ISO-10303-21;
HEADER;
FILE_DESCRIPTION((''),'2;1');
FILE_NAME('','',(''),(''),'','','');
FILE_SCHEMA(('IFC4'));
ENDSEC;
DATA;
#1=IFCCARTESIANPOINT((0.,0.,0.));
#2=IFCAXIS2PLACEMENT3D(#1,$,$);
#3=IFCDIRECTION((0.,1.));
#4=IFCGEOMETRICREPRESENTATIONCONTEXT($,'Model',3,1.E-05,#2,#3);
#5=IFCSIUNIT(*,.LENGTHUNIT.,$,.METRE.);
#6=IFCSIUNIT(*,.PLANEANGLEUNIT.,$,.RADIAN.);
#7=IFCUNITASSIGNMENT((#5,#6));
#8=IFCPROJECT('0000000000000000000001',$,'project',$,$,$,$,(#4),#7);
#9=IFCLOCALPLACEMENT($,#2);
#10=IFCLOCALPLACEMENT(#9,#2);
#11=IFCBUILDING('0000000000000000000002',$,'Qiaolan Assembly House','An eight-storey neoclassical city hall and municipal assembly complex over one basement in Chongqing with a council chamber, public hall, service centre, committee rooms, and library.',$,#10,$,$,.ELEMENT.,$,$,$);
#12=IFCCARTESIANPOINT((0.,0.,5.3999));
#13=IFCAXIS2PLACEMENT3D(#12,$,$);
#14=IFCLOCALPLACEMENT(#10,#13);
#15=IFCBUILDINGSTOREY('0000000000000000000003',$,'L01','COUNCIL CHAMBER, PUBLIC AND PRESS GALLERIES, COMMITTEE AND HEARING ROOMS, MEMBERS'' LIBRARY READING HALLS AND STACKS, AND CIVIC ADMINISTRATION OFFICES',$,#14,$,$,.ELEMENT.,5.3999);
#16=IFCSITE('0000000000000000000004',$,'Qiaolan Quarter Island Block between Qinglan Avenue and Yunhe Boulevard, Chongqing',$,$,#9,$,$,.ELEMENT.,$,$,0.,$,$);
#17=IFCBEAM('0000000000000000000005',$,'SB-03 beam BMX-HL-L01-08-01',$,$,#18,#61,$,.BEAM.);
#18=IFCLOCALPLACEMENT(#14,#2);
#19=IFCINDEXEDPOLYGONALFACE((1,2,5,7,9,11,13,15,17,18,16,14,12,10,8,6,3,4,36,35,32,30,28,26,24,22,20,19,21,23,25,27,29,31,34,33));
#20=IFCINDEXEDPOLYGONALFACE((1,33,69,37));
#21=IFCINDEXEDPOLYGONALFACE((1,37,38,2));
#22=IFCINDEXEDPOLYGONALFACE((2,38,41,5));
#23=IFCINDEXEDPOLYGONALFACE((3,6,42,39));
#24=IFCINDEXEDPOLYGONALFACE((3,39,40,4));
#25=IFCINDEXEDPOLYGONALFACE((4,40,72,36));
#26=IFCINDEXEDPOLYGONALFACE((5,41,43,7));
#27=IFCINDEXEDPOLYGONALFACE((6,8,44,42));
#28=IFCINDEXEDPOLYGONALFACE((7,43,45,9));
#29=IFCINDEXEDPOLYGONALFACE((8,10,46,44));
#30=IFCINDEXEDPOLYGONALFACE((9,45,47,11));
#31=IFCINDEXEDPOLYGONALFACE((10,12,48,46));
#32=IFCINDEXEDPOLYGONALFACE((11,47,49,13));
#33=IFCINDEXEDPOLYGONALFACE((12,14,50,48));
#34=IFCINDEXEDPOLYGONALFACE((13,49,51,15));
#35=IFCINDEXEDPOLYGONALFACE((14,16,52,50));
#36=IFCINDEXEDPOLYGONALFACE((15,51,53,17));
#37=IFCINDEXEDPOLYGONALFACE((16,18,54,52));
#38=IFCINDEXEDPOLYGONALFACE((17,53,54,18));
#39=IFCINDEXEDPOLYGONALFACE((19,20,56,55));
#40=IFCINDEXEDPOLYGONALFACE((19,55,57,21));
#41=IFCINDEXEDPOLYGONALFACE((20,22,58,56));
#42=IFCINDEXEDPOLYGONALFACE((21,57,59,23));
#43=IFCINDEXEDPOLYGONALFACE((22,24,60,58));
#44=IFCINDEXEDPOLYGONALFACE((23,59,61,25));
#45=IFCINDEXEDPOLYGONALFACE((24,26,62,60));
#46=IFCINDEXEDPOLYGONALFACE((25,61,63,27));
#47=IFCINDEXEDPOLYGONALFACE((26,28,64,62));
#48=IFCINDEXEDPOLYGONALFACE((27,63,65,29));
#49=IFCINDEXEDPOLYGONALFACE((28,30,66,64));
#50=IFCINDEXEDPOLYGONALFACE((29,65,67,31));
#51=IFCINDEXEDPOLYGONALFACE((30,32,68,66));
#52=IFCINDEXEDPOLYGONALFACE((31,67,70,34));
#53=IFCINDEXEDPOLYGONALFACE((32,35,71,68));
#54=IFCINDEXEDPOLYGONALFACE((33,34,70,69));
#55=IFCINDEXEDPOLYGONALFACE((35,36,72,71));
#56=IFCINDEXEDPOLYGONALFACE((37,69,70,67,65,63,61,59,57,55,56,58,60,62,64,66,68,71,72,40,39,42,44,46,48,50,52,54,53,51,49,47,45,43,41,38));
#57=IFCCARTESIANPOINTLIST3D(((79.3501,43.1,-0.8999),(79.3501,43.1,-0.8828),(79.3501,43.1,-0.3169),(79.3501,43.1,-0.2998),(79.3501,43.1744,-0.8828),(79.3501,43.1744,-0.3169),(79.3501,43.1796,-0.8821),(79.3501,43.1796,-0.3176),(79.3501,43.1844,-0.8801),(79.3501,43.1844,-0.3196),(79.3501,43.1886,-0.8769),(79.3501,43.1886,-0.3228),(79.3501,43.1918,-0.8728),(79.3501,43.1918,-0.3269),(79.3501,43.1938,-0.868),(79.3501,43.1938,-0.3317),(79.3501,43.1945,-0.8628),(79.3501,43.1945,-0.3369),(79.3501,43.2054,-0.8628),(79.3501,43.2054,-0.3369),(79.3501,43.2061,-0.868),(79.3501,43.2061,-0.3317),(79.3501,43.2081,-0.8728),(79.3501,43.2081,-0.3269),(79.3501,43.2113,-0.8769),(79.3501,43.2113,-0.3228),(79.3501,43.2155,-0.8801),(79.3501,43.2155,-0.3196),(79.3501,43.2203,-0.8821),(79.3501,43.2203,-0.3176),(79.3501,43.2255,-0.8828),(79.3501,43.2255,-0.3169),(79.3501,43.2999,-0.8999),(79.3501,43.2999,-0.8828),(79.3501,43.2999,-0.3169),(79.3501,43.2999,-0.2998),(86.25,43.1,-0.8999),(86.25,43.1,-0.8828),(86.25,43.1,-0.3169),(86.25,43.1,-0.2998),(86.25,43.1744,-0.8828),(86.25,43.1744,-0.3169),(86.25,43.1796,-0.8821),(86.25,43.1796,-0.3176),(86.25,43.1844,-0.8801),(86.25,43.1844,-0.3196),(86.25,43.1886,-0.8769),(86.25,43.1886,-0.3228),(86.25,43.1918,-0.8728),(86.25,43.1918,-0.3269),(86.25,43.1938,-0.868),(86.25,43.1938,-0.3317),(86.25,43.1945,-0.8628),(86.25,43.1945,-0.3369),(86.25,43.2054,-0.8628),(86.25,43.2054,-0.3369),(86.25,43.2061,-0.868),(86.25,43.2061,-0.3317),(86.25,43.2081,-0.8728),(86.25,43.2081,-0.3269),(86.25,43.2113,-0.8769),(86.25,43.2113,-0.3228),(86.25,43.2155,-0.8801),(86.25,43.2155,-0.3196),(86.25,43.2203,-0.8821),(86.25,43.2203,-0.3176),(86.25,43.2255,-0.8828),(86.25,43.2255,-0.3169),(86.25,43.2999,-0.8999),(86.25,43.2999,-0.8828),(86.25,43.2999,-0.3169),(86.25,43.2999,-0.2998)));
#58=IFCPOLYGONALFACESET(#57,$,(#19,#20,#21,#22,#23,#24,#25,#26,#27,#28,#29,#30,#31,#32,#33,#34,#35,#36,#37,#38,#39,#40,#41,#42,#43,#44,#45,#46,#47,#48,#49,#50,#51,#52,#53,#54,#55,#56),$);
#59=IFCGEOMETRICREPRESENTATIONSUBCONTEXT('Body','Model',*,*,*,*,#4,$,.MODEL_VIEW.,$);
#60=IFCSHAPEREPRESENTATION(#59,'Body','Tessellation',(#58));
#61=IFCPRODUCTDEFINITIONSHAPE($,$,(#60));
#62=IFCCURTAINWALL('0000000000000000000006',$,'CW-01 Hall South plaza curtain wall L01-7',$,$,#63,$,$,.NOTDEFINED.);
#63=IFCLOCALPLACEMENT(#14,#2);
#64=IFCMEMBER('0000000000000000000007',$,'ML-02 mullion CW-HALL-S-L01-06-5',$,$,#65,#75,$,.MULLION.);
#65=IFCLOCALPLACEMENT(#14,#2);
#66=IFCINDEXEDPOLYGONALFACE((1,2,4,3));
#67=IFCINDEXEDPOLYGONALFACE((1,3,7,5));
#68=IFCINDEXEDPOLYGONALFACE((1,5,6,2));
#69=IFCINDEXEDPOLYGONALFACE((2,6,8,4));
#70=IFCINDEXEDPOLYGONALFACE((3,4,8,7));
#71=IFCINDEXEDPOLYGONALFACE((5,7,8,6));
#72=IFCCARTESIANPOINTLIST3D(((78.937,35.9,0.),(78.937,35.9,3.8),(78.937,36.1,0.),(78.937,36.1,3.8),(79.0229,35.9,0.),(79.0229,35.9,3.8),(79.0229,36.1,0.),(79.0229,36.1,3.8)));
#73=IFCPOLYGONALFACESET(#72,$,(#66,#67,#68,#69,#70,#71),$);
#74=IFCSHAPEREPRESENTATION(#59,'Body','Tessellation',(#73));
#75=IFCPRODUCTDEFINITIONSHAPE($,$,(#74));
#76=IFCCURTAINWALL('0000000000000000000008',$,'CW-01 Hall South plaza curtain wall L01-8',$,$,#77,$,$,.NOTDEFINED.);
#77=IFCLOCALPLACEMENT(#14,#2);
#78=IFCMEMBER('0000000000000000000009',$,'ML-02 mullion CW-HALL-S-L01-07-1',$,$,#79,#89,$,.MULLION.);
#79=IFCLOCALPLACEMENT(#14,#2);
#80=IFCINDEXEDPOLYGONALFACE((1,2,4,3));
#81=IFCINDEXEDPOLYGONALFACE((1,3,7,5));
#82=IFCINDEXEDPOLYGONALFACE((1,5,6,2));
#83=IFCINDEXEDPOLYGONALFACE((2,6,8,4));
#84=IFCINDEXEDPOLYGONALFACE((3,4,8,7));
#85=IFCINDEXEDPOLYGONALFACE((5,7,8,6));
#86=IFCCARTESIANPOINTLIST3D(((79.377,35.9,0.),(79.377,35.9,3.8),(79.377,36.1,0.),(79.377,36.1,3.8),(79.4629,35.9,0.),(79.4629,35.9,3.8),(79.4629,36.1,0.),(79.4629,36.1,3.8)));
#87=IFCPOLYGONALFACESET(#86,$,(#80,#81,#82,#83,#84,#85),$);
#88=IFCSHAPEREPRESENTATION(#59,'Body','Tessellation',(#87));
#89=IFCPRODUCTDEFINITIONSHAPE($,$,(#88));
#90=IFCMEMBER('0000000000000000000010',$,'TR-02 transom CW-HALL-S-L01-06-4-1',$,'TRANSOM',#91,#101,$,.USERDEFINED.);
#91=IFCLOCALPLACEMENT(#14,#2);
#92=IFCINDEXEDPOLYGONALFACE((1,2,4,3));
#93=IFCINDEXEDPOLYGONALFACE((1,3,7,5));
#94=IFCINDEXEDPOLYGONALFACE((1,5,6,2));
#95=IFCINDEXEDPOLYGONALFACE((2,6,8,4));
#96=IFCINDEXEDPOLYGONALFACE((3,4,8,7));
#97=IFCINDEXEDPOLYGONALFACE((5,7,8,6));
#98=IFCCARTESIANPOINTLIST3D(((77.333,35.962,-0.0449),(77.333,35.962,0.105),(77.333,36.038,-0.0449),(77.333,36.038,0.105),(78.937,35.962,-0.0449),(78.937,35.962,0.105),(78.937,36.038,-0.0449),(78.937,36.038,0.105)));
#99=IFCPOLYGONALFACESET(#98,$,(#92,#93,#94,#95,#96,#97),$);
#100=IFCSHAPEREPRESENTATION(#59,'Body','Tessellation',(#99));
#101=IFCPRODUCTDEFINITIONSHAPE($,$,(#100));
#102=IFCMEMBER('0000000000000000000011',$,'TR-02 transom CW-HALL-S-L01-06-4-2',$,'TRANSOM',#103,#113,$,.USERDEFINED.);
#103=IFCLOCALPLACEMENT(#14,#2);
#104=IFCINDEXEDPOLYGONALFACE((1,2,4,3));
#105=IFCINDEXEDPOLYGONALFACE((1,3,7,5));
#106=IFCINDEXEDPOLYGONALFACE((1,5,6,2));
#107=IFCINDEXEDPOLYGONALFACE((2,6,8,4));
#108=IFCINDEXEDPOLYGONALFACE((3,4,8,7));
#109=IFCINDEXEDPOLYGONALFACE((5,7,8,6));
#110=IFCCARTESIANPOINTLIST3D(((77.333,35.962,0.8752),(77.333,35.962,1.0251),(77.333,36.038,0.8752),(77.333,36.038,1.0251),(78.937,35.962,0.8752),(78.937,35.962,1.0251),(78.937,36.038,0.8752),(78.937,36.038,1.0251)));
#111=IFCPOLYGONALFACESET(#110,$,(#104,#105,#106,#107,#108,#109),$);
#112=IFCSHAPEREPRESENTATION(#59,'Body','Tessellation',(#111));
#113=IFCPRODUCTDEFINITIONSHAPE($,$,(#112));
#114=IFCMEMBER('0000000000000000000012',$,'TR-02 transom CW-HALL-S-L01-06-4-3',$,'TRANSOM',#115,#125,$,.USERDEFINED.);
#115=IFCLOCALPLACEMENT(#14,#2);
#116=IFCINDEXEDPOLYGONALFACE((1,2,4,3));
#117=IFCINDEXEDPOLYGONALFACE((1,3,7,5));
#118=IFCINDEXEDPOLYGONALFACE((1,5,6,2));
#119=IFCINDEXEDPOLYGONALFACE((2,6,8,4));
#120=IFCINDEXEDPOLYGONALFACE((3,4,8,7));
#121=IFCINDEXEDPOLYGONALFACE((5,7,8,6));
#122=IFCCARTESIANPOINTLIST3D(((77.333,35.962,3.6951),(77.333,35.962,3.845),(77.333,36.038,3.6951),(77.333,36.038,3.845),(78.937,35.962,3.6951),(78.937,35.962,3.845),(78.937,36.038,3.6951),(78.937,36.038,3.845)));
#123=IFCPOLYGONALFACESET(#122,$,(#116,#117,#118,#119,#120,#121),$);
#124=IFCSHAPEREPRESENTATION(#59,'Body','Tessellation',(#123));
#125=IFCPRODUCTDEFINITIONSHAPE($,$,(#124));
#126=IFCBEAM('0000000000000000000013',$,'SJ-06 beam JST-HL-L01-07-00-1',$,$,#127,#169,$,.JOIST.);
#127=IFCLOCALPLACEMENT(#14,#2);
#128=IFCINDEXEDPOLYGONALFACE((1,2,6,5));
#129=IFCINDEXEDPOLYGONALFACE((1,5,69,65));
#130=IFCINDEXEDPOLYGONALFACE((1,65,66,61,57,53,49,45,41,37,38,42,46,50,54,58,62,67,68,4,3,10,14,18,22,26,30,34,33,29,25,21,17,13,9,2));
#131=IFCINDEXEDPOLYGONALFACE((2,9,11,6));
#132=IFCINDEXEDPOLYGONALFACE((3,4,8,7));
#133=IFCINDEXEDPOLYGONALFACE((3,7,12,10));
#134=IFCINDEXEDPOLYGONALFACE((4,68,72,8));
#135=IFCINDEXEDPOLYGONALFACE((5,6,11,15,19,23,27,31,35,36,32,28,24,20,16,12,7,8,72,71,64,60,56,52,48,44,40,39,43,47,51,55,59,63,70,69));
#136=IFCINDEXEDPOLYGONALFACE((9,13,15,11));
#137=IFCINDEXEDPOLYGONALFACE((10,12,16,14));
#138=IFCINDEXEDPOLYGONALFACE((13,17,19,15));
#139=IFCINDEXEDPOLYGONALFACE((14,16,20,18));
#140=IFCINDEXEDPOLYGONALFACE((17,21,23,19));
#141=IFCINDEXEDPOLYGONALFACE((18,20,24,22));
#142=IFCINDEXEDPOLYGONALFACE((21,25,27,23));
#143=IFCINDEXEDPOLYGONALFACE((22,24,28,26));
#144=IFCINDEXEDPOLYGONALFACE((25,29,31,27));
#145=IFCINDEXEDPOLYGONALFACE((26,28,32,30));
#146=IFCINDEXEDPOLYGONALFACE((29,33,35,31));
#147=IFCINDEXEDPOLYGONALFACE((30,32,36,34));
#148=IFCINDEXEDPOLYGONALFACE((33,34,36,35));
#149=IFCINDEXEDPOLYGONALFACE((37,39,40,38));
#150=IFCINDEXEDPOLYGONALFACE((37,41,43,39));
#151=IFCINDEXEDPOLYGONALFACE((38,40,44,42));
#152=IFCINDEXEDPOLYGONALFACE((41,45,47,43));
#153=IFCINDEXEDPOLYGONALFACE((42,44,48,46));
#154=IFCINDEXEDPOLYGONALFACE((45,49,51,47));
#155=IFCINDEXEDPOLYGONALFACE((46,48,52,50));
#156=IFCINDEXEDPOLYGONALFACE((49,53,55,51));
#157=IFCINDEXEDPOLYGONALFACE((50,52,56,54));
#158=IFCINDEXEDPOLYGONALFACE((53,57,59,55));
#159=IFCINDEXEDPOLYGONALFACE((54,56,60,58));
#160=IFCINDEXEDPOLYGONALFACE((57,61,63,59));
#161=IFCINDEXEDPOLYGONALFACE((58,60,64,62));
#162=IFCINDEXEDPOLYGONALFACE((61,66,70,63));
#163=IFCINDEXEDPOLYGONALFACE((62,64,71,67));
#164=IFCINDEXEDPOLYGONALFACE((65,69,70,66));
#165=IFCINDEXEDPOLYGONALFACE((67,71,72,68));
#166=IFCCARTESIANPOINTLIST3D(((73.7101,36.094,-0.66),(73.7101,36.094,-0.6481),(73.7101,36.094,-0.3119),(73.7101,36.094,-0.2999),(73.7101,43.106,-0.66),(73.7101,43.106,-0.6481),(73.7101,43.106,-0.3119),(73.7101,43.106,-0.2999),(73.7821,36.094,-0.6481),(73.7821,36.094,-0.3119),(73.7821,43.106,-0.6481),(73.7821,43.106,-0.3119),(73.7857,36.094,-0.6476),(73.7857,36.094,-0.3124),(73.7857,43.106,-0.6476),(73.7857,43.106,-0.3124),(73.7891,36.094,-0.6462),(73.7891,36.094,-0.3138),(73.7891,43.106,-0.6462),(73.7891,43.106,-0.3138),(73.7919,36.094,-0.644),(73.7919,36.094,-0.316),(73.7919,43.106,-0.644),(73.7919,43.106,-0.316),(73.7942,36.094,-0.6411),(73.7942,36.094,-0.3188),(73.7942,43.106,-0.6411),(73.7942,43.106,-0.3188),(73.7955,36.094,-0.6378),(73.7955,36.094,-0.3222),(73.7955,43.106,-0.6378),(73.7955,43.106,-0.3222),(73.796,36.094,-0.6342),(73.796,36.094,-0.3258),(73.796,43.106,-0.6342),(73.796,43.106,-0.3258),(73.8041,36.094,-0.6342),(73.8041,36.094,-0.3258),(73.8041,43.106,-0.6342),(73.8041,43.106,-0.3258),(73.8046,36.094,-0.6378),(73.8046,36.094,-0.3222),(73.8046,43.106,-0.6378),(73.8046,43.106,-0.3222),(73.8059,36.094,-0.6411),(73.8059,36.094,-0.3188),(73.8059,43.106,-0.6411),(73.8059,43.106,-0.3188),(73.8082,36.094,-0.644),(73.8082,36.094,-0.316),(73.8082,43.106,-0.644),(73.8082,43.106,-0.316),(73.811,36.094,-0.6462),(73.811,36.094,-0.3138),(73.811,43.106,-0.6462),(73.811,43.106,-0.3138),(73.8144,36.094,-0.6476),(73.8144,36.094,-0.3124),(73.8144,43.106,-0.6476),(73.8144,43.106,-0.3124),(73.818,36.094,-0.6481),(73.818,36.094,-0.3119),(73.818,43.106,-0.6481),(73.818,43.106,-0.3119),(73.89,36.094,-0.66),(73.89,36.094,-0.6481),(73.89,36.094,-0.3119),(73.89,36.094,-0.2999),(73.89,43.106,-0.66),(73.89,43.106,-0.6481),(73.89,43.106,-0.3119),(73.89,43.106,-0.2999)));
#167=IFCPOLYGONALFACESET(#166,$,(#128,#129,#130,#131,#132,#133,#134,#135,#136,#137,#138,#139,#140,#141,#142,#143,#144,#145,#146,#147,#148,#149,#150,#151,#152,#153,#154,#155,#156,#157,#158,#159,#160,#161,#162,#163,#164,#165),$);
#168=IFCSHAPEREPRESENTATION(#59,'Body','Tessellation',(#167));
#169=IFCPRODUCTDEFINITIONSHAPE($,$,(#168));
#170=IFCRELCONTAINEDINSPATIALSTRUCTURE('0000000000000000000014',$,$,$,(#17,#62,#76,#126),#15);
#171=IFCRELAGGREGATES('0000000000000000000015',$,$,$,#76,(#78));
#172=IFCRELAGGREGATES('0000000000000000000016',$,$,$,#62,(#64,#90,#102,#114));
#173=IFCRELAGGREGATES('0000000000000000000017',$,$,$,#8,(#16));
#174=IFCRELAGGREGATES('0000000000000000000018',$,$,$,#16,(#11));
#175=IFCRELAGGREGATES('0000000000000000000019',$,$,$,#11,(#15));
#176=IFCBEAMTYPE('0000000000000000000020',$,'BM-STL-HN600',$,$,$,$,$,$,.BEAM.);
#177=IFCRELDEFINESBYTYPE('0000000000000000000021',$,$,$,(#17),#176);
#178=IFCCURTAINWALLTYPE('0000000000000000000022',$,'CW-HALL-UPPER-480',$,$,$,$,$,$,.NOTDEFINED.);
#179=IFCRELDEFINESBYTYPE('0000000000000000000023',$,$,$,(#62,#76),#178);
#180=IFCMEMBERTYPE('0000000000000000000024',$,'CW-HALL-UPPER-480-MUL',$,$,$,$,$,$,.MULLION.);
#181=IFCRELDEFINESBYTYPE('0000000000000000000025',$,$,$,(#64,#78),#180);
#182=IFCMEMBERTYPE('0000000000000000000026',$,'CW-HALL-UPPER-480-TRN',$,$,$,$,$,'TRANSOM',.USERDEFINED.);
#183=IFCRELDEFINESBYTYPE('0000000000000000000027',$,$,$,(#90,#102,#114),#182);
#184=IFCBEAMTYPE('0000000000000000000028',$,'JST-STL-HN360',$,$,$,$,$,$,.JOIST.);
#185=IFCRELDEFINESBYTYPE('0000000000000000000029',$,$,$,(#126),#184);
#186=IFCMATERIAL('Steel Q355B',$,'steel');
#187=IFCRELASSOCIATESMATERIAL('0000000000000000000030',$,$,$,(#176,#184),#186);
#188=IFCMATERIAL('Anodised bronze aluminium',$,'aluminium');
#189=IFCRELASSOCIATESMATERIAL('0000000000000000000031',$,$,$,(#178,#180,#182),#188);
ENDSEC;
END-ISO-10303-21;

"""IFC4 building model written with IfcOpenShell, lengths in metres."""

from ifc_helpers import new_model, si_unit, direction, frame, origin, origin_2d, place, context, subcontext, project, spatial, rectangle, i_section, extrude, material, material_profile, profile_set, type_object, element, aggregate, save


model = new_model("IFC4")

# Units and contexts
model_context = context("Model", 3, precision=1e-05, world=origin(), true_north=direction((0.0, 1.0)))
body_context = subcontext(model_context, "Body", "Model", "MODEL_VIEW")
ifc_project = project(units=[si_unit("LENGTHUNIT", "METRE"), si_unit("PLANEANGLEUNIT", "RADIAN")], contexts=[model_context])

# Site, building, storey
site_placement = place(None, origin())
site = spatial("IfcSite", under=ifc_project, at=site_placement, Name="Qiaolan Quarter Island Block between Qinglan Avenue and Yunhe Boulevard, Chongqing", CompositionType="ELEMENT", RefElevation=0.0)
building_placement = place(site_placement, origin())
building = spatial("IfcBuilding", under=site, at=building_placement, Name="Qiaolan Assembly House", Description="An eight-storey neoclassical city hall and municipal assembly complex over one basement in Chongqing with a council chamber, public hall, service centre, committee rooms, and library.", CompositionType="ELEMENT")
storey_placement = place(building_placement, frame((0.0, 0.0, 5.3999)))
storey = spatial("IfcBuildingStorey", under=building, at=storey_placement, Name="L01", Description="COUNCIL CHAMBER, PUBLIC AND PRESS GALLERIES, COMMITTEE AND HEARING ROOMS, MEMBERS' LIBRARY READING HALLS AND STACKS, AND CIVIC ADMINISTRATION OFFICES", CompositionType="ELEMENT", Elevation=5.3999)

# Shared definitions
ifc_material_1 = material(Name="Steel Q355B", Category="steel")

# Beam
ifc_material_profile_1 = material_profile(ifc_material_1, i_section(OverallWidth=0.2, OverallDepth=0.6001, WebThickness=0.011, FlangeThickness=0.0171, FilletRadius=0.02, at=origin_2d()), Name="HN 600x200x11x17")
ifc_profile_set_1 = profile_set([ifc_material_profile_1], Name="Steel Q355B")
beam_type_1 = type_object("IfcBeamType", Name="BM-STL-HN600", PredefinedType="BEAM", material=ifc_profile_set_1)
beam_1_placement = place(storey_placement, frame((79.3501, 43.2, -0.5999), z_axis=(1.0, 0.0, 0.0), x_axis=(0.0, 1.0, 0.0)))
element("IfcBeam", 1, at=beam_1_placement, inside=storey, type_object=beam_type_1, Name="SB-03 beam BMX-HL-L01-08-01", PredefinedType="BEAM", context=body_context, shape_type="SweptSolid", body=[
    extrude(i_section(OverallWidth=0.2, OverallDepth=0.6001, WebThickness=0.011, FlangeThickness=0.0171, FilletRadius=0.02, at=origin_2d()), origin(), (0.0, 0.0, 1.0), 6.8999),
])

# Curtain walls, members
ifc_material_2 = material(Name="Anodised bronze aluminium", Category="aluminium")
curtain_wall_type = type_object("IfcCurtainWallType", Name="CW-HALL-UPPER-480", PredefinedType="NOTDEFINED", material=ifc_material_2)
curtain_wall_1_placement = place(storey_placement, origin())
curtain_wall_1 = element("IfcCurtainWall", 2, at=curtain_wall_1_placement, inside=storey, type_object=curtain_wall_type, Name="CW-01 Hall South plaza curtain wall L01-7", PredefinedType="NOTDEFINED")
ifc_material_profile_2 = material_profile(ifc_material_2, rectangle(XDim=0.0859, YDim=0.2, at=origin_2d()), Name="MUL 86x200")
ifc_profile_set_2 = profile_set([ifc_material_profile_2], Name="Anodised bronze aluminium")
member_type_1 = type_object("IfcMemberType", Name="CW-HALL-UPPER-480-MUL", PredefinedType="MULLION", material=ifc_profile_set_2)
member_1_placement = place(storey_placement, frame((78.98, 36.0, 0.0), z_axis=(0.0, 0.0, 1.0), x_axis=(1.0, 0.0, 0.0)))
member_1 = element("IfcMember", 3, at=member_1_placement, type_object=member_type_1, Name="ML-02 mullion CW-HALL-S-L01-06-5", PredefinedType="MULLION", context=body_context, shape_type="SweptSolid", body=[
    extrude(rectangle(XDim=0.0859, YDim=0.2, at=origin_2d()), origin(), (0.0, 0.0, 1.0), 3.8),
])
curtain_wall_2_placement = place(storey_placement, origin())
curtain_wall_2 = element("IfcCurtainWall", 4, at=curtain_wall_2_placement, inside=storey, type_object=curtain_wall_type, Name="CW-01 Hall South plaza curtain wall L01-8", PredefinedType="NOTDEFINED")
member_2_placement = place(storey_placement, frame((79.4199, 36.0, 0.0), z_axis=(0.0, 0.0, 1.0), x_axis=(1.0, 0.0, 0.0)))
member_2 = element("IfcMember", 5, at=member_2_placement, type_object=member_type_1, Name="ML-02 mullion CW-HALL-S-L01-07-1", PredefinedType="MULLION", context=body_context, shape_type="SweptSolid", body=[
    extrude(rectangle(XDim=0.0859, YDim=0.2, at=origin_2d()), origin(), (0.0, 0.0, 1.0), 3.8),
])
aggregate(curtain_wall_2, [member_2])

# Members
ifc_material_profile_3 = material_profile(ifc_material_2, rectangle(XDim=0.0759, YDim=0.1499, at=origin_2d()), Name="TRN 76x150")
ifc_profile_set_3 = profile_set([ifc_material_profile_3], Name="Anodised bronze aluminium")
member_type_2 = type_object("IfcMemberType", Name="CW-HALL-UPPER-480-TRN", ElementType="TRANSOM", PredefinedType="USERDEFINED", material=ifc_profile_set_3)
member_3_placement = place(storey_placement, frame((77.333, 36.0, 0.03), z_axis=(1.0, 0.0, 0.0), x_axis=(0.0, 1.0, 0.0)))
member_3 = element("IfcMember", 6, at=member_3_placement, type_object=member_type_2, Name="TR-02 transom CW-HALL-S-L01-06-4-1", ObjectType="TRANSOM", PredefinedType="USERDEFINED", context=body_context, shape_type="SweptSolid", body=[
    extrude(rectangle(XDim=0.0759, YDim=0.1499, at=origin_2d()), origin(), (0.0, 0.0, 1.0), 1.604),
])
member_4_placement = place(storey_placement, frame((77.333, 36.0, 0.9502), z_axis=(1.0, 0.0, 0.0), x_axis=(0.0, 1.0, 0.0)))
member_4 = element("IfcMember", 7, at=member_4_placement, type_object=member_type_2, Name="TR-02 transom CW-HALL-S-L01-06-4-2", ObjectType="TRANSOM", PredefinedType="USERDEFINED", context=body_context, shape_type="SweptSolid", body=[
    extrude(rectangle(XDim=0.0759, YDim=0.1499, at=origin_2d()), origin(), (0.0, 0.0, 1.0), 1.604),
])
member_5_placement = place(storey_placement, frame((77.333, 36.0, 3.77), z_axis=(1.0, 0.0, 0.0), x_axis=(0.0, 1.0, 0.0)))
member_5 = element("IfcMember", 8, at=member_5_placement, type_object=member_type_2, Name="TR-02 transom CW-HALL-S-L01-06-4-3", ObjectType="TRANSOM", PredefinedType="USERDEFINED", context=body_context, shape_type="SweptSolid", body=[
    extrude(rectangle(XDim=0.0759, YDim=0.1499, at=origin_2d()), origin(), (0.0, 0.0, 1.0), 1.604),
])

# Beam
ifc_material_profile_4 = material_profile(ifc_material_1, i_section(OverallWidth=0.1799, OverallDepth=0.3601, WebThickness=0.0081, FlangeThickness=0.012, FilletRadius=0.0139, at=origin_2d()), Name="HN 360x180x8x12")
ifc_profile_set_4 = profile_set([ifc_material_profile_4], Name="Steel Q355B")
beam_type_2 = type_object("IfcBeamType", Name="JST-STL-HN360", PredefinedType="JOIST", material=ifc_profile_set_4)
for number, where, z_axis, x_axis, name in (
    (9, (73.8, 36.094, -0.48), (0.0, 1.0, 0.0), (-1.0, 0.0, 0.0), "SJ-06 beam JST-HL-L01-07-00-1"),
):
    element("IfcBeam", number, at=place(storey_placement, frame(where, z_axis=z_axis, x_axis=x_axis)), inside=storey, type_object=beam_type_2, Name=name, PredefinedType="JOIST", context=body_context, shape_type="SweptSolid", body=[
        extrude(i_section(OverallWidth=0.1799, OverallDepth=0.3601, WebThickness=0.0081, FlangeThickness=0.012, FilletRadius=0.0139, at=origin_2d()), origin(), (0.0, 0.0, 1.0), 7.012),
    ])

aggregate(curtain_wall_1, [member_1, member_3, member_4, member_5])

save(model, "model.ifc")
